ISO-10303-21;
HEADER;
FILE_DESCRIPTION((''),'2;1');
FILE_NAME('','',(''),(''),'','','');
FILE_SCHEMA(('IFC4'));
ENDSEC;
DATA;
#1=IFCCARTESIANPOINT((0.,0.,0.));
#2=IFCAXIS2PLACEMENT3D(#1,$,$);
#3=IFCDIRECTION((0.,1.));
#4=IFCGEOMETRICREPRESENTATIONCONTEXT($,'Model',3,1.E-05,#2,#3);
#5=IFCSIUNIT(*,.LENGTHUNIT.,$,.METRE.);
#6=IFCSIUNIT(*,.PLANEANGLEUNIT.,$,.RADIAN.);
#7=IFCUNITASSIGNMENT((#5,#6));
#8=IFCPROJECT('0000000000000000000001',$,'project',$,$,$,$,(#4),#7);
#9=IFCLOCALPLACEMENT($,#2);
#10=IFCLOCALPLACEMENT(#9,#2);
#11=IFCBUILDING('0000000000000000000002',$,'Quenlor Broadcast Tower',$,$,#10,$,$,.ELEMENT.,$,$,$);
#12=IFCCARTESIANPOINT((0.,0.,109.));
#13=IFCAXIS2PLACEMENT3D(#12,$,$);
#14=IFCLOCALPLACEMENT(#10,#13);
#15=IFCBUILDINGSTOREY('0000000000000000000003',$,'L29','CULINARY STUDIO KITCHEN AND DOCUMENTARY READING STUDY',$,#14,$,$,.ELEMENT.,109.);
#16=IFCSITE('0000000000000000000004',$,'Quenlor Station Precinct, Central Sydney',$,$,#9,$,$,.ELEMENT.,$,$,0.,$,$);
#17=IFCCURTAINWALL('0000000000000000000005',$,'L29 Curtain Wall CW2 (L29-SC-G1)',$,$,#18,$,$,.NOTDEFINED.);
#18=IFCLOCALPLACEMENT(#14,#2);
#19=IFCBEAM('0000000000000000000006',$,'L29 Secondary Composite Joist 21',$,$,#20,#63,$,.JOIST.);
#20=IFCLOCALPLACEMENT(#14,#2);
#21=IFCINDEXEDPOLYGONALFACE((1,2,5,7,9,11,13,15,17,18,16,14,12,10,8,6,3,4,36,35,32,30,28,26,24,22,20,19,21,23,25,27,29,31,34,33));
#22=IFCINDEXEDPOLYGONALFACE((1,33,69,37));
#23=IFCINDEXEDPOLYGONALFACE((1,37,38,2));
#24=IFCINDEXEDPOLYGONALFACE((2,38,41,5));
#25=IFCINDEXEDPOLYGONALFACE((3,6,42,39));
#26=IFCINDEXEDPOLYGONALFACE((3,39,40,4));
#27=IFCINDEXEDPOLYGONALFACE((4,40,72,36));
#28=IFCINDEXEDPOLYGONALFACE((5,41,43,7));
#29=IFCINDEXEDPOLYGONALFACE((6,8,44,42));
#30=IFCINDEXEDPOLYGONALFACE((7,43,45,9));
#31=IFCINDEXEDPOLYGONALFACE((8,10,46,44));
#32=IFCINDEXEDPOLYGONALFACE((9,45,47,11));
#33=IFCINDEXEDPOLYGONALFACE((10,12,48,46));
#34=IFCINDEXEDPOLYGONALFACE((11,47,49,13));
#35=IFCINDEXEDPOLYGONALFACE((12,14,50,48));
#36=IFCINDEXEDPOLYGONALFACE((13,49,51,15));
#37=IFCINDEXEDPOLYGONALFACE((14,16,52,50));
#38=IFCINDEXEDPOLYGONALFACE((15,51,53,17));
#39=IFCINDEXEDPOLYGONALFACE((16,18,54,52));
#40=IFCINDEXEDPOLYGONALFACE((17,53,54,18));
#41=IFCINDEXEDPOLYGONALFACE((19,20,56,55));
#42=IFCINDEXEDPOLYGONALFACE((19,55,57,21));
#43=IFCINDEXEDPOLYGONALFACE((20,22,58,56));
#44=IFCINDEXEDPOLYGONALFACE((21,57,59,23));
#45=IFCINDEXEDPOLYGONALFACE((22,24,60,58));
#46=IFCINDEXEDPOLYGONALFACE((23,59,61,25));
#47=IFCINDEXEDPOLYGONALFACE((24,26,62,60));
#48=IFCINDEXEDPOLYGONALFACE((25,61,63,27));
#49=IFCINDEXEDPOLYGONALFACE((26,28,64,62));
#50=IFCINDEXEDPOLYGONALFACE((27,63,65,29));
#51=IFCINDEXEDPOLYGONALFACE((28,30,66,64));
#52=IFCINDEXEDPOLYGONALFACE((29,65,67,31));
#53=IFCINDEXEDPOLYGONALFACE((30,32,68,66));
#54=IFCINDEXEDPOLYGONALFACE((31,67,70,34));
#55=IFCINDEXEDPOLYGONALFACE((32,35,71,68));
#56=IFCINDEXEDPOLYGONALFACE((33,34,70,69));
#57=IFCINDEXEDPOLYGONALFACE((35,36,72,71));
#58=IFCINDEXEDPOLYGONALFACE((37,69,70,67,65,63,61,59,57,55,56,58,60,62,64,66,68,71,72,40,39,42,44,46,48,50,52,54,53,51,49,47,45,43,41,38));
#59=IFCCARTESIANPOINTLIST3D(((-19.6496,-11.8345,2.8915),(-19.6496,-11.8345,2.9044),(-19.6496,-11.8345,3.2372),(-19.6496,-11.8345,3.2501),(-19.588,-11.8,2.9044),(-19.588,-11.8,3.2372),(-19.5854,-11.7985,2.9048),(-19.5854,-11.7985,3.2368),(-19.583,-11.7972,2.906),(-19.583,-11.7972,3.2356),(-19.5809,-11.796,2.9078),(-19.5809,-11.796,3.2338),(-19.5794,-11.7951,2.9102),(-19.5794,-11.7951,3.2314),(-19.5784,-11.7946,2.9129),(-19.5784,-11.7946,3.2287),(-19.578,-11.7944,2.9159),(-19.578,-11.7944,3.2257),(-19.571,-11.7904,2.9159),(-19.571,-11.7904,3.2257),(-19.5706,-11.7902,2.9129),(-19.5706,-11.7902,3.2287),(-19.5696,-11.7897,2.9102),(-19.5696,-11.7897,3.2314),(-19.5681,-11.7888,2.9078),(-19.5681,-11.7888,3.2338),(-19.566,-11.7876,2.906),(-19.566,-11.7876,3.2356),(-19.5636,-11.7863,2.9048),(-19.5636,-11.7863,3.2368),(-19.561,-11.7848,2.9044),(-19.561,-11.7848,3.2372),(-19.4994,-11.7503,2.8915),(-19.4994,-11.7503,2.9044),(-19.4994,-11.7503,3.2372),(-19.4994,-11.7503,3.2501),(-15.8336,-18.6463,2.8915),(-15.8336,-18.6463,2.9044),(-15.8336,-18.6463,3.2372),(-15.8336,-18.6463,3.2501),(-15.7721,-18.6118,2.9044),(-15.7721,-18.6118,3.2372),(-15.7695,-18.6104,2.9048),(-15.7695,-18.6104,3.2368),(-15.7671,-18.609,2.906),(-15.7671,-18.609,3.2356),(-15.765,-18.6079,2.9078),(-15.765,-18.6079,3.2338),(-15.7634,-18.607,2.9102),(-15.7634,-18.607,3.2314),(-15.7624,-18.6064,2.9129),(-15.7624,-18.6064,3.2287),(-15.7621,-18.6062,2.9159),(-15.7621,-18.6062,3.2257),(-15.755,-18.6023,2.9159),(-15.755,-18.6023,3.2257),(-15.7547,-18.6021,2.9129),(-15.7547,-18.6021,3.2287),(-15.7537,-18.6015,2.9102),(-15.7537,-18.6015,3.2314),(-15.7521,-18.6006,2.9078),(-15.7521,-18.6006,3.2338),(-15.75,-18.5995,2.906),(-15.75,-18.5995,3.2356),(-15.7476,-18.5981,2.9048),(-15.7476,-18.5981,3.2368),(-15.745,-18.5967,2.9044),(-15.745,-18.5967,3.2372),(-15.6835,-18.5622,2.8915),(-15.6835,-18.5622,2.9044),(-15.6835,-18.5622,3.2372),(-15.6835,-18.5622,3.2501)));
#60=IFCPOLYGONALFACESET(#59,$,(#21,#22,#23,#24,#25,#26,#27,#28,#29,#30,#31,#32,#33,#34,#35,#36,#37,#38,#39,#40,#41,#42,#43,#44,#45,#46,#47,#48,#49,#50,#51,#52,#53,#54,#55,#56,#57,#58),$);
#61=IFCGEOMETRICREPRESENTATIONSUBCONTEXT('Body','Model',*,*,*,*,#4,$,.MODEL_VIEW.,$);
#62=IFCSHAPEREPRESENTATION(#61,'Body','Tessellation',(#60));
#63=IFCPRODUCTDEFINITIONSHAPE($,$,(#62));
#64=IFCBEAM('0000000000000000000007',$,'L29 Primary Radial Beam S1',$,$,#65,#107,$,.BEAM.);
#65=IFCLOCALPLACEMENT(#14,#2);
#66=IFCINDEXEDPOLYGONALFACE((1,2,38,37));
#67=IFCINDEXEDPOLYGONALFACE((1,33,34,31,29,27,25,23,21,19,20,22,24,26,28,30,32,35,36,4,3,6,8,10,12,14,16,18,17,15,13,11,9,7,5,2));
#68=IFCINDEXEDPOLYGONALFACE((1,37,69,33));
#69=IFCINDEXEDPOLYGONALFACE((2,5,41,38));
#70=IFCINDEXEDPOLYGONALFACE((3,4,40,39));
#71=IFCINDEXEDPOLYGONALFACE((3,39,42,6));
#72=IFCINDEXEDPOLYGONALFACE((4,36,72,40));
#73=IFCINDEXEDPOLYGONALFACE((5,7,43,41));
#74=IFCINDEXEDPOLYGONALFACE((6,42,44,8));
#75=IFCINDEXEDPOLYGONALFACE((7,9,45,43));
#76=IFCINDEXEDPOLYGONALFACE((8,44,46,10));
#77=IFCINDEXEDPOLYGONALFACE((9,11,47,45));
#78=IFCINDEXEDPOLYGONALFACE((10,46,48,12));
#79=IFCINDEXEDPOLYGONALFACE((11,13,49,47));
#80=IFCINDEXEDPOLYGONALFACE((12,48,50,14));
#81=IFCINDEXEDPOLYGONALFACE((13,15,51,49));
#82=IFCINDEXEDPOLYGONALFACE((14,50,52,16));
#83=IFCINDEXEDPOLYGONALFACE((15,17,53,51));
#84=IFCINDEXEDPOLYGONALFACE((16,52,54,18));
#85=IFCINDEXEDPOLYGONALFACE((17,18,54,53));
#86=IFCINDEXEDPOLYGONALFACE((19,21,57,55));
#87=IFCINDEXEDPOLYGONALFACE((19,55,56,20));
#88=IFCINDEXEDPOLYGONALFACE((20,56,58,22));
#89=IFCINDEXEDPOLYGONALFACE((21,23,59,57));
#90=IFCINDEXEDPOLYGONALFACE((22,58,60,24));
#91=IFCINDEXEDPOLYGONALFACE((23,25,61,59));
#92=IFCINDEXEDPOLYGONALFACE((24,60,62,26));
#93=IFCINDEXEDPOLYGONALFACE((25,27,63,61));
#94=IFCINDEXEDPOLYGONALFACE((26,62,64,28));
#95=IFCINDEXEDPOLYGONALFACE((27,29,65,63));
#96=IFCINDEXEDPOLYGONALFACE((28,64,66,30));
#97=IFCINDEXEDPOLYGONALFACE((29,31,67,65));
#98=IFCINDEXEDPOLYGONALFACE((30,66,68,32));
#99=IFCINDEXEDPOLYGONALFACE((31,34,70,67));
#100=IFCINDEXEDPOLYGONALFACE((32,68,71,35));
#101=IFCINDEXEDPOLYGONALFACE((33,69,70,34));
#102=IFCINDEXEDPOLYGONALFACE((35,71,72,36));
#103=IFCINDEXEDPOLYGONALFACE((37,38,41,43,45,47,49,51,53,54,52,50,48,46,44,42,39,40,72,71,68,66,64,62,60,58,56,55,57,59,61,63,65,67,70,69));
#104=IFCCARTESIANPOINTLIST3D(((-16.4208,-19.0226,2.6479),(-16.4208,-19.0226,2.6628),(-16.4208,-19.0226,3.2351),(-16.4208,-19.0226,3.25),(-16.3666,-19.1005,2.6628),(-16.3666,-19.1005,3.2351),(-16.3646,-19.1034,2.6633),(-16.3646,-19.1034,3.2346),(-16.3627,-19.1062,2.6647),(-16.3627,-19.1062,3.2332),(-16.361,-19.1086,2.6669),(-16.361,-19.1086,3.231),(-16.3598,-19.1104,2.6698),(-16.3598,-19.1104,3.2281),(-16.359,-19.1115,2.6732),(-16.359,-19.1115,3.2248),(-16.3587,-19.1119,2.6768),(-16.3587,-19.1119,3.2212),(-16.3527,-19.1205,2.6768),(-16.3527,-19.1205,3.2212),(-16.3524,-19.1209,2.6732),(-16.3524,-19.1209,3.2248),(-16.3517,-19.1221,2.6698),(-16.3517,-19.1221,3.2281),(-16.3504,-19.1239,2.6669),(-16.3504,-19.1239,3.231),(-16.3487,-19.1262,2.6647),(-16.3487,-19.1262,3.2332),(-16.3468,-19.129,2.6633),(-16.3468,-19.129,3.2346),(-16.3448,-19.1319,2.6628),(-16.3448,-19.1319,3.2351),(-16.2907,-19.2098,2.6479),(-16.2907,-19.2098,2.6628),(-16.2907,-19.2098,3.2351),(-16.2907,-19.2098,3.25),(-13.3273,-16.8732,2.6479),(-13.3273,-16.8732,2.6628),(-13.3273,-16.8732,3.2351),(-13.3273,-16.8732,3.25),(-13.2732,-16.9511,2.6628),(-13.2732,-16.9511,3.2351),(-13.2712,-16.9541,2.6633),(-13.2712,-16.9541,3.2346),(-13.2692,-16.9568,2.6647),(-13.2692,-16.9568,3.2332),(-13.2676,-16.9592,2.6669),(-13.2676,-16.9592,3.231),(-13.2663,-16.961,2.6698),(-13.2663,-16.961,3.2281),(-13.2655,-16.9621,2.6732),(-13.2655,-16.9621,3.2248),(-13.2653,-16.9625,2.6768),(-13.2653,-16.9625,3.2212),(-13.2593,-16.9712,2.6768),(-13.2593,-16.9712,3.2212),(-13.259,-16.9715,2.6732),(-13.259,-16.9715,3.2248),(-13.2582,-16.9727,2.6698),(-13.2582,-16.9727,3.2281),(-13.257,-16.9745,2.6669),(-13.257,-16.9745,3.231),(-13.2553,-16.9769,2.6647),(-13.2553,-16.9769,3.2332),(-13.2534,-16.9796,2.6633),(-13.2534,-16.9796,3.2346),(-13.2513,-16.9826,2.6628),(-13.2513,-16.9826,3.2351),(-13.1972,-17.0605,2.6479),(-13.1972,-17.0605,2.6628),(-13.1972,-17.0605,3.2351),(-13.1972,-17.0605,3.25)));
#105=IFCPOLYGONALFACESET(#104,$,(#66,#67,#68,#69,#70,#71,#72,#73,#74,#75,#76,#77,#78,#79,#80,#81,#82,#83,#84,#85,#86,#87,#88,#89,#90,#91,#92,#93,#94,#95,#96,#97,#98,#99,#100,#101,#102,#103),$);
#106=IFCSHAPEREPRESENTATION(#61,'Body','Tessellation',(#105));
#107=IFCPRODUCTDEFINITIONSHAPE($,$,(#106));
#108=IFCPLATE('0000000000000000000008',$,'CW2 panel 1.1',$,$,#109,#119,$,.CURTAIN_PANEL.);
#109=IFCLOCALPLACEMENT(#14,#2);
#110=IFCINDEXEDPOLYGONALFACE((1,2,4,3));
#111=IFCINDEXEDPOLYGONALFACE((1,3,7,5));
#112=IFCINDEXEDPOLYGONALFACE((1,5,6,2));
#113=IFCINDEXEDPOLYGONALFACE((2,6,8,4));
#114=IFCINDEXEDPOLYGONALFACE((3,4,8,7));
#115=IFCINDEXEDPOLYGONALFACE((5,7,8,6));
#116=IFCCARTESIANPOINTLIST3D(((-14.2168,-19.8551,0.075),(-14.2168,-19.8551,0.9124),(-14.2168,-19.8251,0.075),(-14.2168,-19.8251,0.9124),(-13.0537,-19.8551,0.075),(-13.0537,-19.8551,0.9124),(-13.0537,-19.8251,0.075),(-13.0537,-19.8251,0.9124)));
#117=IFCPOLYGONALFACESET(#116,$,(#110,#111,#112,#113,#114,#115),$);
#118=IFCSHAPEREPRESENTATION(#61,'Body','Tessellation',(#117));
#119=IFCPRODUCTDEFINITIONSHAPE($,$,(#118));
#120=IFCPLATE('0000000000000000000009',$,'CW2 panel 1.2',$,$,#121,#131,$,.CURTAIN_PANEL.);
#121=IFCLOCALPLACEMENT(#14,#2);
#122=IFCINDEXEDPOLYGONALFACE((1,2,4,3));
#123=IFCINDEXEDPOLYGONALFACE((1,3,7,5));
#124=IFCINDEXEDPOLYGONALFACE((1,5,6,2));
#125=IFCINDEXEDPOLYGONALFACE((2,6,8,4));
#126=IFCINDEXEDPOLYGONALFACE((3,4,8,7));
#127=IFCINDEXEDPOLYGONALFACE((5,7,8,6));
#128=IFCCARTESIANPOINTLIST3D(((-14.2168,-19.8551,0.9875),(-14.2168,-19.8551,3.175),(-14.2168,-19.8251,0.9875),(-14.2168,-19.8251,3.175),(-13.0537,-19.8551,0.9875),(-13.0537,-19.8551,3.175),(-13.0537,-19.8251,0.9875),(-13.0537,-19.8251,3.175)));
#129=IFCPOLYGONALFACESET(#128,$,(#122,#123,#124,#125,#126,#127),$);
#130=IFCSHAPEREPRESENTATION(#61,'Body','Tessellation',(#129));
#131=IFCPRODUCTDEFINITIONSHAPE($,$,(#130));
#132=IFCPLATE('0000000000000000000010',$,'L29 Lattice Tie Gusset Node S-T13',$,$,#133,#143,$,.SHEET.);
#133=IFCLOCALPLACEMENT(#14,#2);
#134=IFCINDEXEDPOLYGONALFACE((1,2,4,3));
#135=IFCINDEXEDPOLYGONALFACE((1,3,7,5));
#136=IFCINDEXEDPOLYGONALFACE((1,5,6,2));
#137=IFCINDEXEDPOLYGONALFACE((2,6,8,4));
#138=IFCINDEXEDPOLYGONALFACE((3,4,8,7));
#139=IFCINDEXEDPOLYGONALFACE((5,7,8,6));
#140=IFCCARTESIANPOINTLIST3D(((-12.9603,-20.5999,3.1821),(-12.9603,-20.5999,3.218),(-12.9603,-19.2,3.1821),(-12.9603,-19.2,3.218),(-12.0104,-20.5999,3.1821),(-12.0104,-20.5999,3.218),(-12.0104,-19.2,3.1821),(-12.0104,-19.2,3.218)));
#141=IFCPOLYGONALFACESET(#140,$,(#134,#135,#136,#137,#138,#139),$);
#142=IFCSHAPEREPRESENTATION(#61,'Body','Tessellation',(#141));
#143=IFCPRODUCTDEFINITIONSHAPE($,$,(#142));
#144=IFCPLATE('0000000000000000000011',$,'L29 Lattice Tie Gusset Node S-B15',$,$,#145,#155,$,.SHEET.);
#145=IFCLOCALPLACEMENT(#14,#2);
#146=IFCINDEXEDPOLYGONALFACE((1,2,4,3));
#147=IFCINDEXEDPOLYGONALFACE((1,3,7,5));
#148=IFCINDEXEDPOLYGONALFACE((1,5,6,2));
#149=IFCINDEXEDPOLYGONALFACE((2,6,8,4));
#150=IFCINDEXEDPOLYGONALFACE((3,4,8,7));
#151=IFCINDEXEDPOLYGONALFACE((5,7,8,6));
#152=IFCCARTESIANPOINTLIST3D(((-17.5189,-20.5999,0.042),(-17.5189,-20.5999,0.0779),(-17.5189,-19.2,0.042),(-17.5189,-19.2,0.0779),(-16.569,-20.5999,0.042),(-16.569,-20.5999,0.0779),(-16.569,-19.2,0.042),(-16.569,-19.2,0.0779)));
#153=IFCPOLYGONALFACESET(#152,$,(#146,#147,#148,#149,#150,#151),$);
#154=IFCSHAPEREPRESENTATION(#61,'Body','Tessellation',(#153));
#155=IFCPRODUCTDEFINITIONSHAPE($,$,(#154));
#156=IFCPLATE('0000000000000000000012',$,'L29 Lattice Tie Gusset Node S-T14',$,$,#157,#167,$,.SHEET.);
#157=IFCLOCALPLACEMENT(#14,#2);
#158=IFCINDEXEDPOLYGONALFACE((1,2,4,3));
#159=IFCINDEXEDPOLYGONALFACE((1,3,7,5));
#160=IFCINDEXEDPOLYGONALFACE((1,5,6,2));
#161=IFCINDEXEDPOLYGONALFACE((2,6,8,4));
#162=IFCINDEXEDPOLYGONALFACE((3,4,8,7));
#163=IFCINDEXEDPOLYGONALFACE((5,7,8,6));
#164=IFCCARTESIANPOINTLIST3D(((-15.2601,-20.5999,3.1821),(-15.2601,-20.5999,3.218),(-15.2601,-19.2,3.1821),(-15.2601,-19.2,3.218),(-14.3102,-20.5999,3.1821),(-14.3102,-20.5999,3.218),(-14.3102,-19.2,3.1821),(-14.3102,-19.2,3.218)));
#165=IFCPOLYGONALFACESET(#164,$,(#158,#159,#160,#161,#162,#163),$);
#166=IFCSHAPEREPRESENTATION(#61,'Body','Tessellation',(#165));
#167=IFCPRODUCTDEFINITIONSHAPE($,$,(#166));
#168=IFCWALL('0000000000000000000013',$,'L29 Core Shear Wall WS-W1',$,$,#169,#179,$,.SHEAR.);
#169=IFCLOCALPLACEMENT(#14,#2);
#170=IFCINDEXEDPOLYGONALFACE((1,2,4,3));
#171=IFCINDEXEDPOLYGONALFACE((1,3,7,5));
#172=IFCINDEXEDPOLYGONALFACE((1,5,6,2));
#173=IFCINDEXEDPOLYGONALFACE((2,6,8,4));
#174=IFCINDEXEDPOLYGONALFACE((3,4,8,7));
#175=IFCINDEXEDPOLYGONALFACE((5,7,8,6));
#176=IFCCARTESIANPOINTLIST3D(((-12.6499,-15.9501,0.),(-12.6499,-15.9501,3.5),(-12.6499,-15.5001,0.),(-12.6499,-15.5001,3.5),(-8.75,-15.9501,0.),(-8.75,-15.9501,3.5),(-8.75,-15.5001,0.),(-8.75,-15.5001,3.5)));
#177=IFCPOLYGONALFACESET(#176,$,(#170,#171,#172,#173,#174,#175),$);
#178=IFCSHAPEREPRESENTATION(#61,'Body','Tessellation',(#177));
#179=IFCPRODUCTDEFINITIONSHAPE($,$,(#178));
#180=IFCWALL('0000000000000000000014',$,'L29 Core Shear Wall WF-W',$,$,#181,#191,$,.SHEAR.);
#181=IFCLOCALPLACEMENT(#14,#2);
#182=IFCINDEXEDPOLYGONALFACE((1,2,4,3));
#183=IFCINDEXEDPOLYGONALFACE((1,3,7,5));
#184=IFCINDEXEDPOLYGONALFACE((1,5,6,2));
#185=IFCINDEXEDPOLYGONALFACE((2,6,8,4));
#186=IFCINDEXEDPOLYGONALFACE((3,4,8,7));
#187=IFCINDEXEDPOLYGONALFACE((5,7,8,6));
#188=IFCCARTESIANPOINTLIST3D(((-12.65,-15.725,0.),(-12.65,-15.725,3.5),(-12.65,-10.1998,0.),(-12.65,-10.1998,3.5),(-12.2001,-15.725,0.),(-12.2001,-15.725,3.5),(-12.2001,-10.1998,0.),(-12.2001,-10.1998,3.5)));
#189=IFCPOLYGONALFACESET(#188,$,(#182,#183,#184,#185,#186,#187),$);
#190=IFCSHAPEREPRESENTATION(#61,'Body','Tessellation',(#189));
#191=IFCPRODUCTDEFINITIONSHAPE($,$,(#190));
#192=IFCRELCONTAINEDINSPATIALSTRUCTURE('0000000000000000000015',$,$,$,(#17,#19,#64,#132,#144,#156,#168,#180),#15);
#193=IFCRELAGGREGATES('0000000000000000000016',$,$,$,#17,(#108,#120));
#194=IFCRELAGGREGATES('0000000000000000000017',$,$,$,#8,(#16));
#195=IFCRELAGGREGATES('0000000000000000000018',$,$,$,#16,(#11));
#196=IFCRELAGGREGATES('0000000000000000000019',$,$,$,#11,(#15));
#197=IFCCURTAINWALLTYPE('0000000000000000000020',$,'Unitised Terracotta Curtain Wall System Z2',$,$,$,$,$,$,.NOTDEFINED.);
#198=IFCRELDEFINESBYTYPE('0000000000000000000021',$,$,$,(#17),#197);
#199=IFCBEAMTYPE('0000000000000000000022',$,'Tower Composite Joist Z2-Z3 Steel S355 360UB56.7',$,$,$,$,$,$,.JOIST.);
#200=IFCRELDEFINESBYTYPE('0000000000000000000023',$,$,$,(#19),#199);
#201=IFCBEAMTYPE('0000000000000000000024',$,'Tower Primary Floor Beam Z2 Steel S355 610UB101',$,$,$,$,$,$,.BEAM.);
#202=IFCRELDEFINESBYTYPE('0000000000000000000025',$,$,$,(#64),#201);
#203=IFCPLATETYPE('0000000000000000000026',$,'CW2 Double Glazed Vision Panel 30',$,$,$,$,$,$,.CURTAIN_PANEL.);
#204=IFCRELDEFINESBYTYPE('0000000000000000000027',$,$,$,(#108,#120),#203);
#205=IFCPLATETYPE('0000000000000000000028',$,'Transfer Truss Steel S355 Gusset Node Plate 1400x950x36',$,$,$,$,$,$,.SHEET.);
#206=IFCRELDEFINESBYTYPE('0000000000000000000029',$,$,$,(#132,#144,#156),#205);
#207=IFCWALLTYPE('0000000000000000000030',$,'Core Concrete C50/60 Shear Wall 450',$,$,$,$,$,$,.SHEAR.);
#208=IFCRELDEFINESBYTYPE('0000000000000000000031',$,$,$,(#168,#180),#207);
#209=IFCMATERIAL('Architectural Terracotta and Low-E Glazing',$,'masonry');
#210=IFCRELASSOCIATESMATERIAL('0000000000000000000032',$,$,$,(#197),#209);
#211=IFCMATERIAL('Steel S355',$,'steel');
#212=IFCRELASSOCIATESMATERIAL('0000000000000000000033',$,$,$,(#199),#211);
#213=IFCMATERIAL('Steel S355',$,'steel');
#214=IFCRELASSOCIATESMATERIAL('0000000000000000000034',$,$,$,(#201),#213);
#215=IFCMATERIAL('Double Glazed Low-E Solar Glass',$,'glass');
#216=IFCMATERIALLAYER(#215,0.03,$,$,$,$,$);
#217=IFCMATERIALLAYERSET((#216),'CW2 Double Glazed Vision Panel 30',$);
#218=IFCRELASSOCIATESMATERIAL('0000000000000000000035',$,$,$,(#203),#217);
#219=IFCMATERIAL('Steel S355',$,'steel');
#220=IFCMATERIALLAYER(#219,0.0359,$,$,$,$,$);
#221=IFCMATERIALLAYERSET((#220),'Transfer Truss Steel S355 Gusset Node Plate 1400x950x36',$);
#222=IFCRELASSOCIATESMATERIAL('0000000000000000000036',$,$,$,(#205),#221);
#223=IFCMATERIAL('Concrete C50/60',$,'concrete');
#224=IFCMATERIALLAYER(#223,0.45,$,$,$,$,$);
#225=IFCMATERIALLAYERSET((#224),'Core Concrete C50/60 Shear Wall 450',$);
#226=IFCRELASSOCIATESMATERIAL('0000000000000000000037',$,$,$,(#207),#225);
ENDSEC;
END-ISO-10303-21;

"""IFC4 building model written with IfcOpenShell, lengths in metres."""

from ifc_helpers import new_model, si_unit, direction, frame, frame_2d, origin, origin_2d, place, context, subcontext, project, spatial, rectangle, i_section, extrude, material, layer, layer_set, material_profile, profile_set, type_object, element, aggregate, save


model = new_model("IFC4")

# Units and contexts
model_context = context("Model", 3, precision=1e-05, world=origin(), true_north=direction((0.0, 1.0)))
body_context = subcontext(model_context, "Body", "Model", "MODEL_VIEW")
ifc_project = project(units=[si_unit("LENGTHUNIT", "METRE"), si_unit("PLANEANGLEUNIT", "RADIAN")], contexts=[model_context])

# Site, building, storey
site_placement = place(None, origin())
site = spatial("IfcSite", under=ifc_project, at=site_placement, Name="Quenlor Station Precinct, Central Sydney", CompositionType="ELEMENT", RefElevation=0.0)
building_placement = place(site_placement, origin())
building = spatial("IfcBuilding", under=site, at=building_placement, Name="Quenlor Broadcast Tower", CompositionType="ELEMENT")
storey_placement = place(building_placement, frame((0.0, 0.0, 109.0)))
storey = spatial("IfcBuildingStorey", under=building, at=storey_placement, Name="L29", Description="CULINARY STUDIO KITCHEN AND DOCUMENTARY READING STUDY", CompositionType="ELEMENT", Elevation=109.0)

# Curtain wall
ifc_material_1 = material(Name="Architectural Terracotta and Low-E Glazing", Category="masonry")
curtain_wall_type = type_object("IfcCurtainWallType", Name="Unitised Terracotta Curtain Wall System Z2", PredefinedType="NOTDEFINED", material=ifc_material_1)
curtain_wall_placement = place(storey_placement, origin())
curtain_wall = element("IfcCurtainWall", 1, at=curtain_wall_placement, inside=storey, type_object=curtain_wall_type, Name="L29 Curtain Wall CW2 (L29-SC-G1)", PredefinedType="NOTDEFINED")

# Beams
ifc_material_2 = material(Name="Steel S355", Category="steel")
ifc_material_profile_1 = material_profile(ifc_material_2, i_section(OverallWidth=0.1721, OverallDepth=0.3586, WebThickness=0.0081, FlangeThickness=0.0129, FilletRadius=0.0115, at=origin_2d()))
ifc_profile_set_1 = profile_set([ifc_material_profile_1], Name="Steel S355 360UB56.7")
beam_type_1 = type_object("IfcBeamType", Name="Tower Composite Joist Z2-Z3 Steel S355 360UB56.7", PredefinedType="JOIST", material=ifc_profile_set_1)
beam_1_placement = place(storey_placement, frame((-15.7585, -18.6042, 3.0708), z_axis=(-0.488733, 0.872433, 0.0), x_axis=(-0.872433, -0.488733, 0.0)))
element("IfcBeam", 2, at=beam_1_placement, inside=storey, type_object=beam_type_1, Name="L29 Secondary Composite Joist 21", PredefinedType="JOIST", context=body_context, shape_type="SweptSolid", body=[
    extrude(i_section(OverallWidth=0.1721, OverallDepth=0.3586, WebThickness=0.0081, FlangeThickness=0.0129, FilletRadius=0.0115, at=origin_2d()), origin(), (0.0, 0.0, 1.0), 7.8079),
])
ifc_material_3 = material(Name="Steel S355", Category="steel")
ifc_material_profile_2 = material_profile(ifc_material_3, i_section(OverallWidth=0.228, OverallDepth=0.6021, WebThickness=0.0105, FlangeThickness=0.0149, FilletRadius=0.0139, at=origin_2d()))
ifc_profile_set_2 = profile_set([ifc_material_profile_2], Name="Steel S355 610UB101")
beam_type_2 = type_object("IfcBeamType", Name="Tower Primary Floor Beam Z2 Steel S355 610UB101", PredefinedType="BEAM", material=ifc_profile_set_2)
beam_2_placement = place(storey_placement, frame((-16.3557, -19.1162, 2.949), z_axis=(0.821227, 0.570601, 0.0), x_axis=(-0.570601, 0.821227, 0.0)))
element("IfcBeam", 3, at=beam_2_placement, inside=storey, type_object=beam_type_2, Name="L29 Primary Radial Beam S1", PredefinedType="BEAM", context=body_context, shape_type="SweptSolid", body=[
    extrude(i_section(OverallWidth=0.228, OverallDepth=0.6021, WebThickness=0.0105, FlangeThickness=0.0149, FilletRadius=0.0139, at=origin_2d()), origin(), (0.0, 0.0, 1.0), 3.7668),
])

# Plates
ifc_material_4 = material(Name="Double Glazed Low-E Solar Glass", Category="glass")
ifc_layer_1 = layer(ifc_material_4, 0.03)
ifc_layer_set_1 = layer_set([ifc_layer_1], Name="CW2 Double Glazed Vision Panel 30")
plate_type_1 = type_object("IfcPlateType", Name="CW2 Double Glazed Vision Panel 30", PredefinedType="CURTAIN_PANEL", material=ifc_layer_set_1)
plate_1_placement = place(storey_placement, frame((-13.6353, -19.8401, 0.075), z_axis=(0.0, 0.0, 1.0), x_axis=(-1.0, 0.0, 0.0)))
plate_1 = element("IfcPlate", 4, at=plate_1_placement, type_object=plate_type_1, Name="CW2 panel 1.1", PredefinedType="CURTAIN_PANEL", context=body_context, shape_type="SweptSolid", body=[
    extrude(rectangle(XDim=1.1631, YDim=0.03, at=origin_2d()), origin(), (0.0, 0.0, 1.0), 0.8374),
])
plate_2_placement = place(storey_placement, frame((-13.6353, -19.8401, 0.9875), z_axis=(0.0, 0.0, 1.0), x_axis=(-1.0, 0.0, 0.0)))
plate_2 = element("IfcPlate", 5, at=plate_2_placement, type_object=plate_type_1, Name="CW2 panel 1.2", PredefinedType="CURTAIN_PANEL", context=body_context, shape_type="SweptSolid", body=[
    extrude(rectangle(XDim=1.1631, YDim=0.03, at=origin_2d()), origin(), (0.0, 0.0, 1.0), 2.1875),
])
aggregate(curtain_wall, [plate_1, plate_2])

# Plates
ifc_material_5 = material(Name="Steel S355", Category="steel")
ifc_layer_2 = layer(ifc_material_5, 0.0359)
ifc_layer_set_2 = layer_set([ifc_layer_2], Name="Transfer Truss Steel S355 Gusset Node Plate 1400x950x36")
plate_type_2 = type_object("IfcPlateType", Name="Transfer Truss Steel S355 Gusset Node Plate 1400x950x36", PredefinedType="SHEET", material=ifc_layer_set_2)
for number, where, z_axis, x_axis, name in (
    (6, (-12.4854, -19.8999, 3.1821), (0.0, 0.0, 1.0), (0.0, -1.0, 0.0), "L29 Lattice Tie Gusset Node S-T13"),
    (7, (-17.0439, -19.8999, 0.042), (0.0, 0.0, 1.0), (0.0, -1.0, 0.0), "L29 Lattice Tie Gusset Node S-B15"),
    (8, (-14.7852, -19.8999, 3.1821), (0.0, 0.0, 1.0), (0.0, -1.0, 0.0), "L29 Lattice Tie Gusset Node S-T14"),
):
    element("IfcPlate", number, at=place(storey_placement, frame(where, z_axis=z_axis, x_axis=x_axis)), inside=storey, type_object=plate_type_2, Name=name, PredefinedType="SHEET", context=body_context, shape_type="SweptSolid", body=[
        extrude(rectangle(XDim=1.3999, YDim=0.95, at=origin_2d()), origin(), (0.0, 0.0, 1.0), 0.0359),
    ])

# Walls
ifc_material_6 = material(Name="Concrete C50/60", Category="concrete")
ifc_layer_3 = layer(ifc_material_6, 0.45)
ifc_layer_set_3 = layer_set([ifc_layer_3], Name="Core Concrete C50/60 Shear Wall 450")
wall_type_1 = type_object("IfcWallType", Name="Core Concrete C50/60 Shear Wall 450", PredefinedType="SHEAR", material=ifc_layer_set_3)
wall_1_placement = place(storey_placement, frame((-12.6499, -15.7251, 0.0), z_axis=(0.0, 0.0, 1.0), x_axis=(1.0, 0.0, 0.0)))
element("IfcWall", 9, at=wall_1_placement, inside=storey, type_object=wall_type_1, Name="L29 Core Shear Wall WS-W1", PredefinedType="SHEAR", context=body_context, shape_type="SweptSolid", body=[
    extrude(rectangle(XDim=3.8999, YDim=0.45, at=frame_2d((1.95, 0.0))), origin(), (0.0, 0.0, 1.0), 3.5),
])
wall_2_placement = place(storey_placement, frame((-12.425, -15.7251, 0.0), z_axis=(0.0, 0.0, 1.0), x_axis=(0.0, 1.0, 0.0)))
element("IfcWall", 10, at=wall_2_placement, inside=storey, type_object=wall_type_1, Name="L29 Core Shear Wall WF-W", PredefinedType="SHEAR", context=body_context, shape_type="SweptSolid", body=[
    extrude(rectangle(XDim=5.5251, YDim=0.45, at=frame_2d((2.7627, 0.0))), origin(), (0.0, 0.0, 1.0), 3.5),
])

save(model, "model.ifc")
